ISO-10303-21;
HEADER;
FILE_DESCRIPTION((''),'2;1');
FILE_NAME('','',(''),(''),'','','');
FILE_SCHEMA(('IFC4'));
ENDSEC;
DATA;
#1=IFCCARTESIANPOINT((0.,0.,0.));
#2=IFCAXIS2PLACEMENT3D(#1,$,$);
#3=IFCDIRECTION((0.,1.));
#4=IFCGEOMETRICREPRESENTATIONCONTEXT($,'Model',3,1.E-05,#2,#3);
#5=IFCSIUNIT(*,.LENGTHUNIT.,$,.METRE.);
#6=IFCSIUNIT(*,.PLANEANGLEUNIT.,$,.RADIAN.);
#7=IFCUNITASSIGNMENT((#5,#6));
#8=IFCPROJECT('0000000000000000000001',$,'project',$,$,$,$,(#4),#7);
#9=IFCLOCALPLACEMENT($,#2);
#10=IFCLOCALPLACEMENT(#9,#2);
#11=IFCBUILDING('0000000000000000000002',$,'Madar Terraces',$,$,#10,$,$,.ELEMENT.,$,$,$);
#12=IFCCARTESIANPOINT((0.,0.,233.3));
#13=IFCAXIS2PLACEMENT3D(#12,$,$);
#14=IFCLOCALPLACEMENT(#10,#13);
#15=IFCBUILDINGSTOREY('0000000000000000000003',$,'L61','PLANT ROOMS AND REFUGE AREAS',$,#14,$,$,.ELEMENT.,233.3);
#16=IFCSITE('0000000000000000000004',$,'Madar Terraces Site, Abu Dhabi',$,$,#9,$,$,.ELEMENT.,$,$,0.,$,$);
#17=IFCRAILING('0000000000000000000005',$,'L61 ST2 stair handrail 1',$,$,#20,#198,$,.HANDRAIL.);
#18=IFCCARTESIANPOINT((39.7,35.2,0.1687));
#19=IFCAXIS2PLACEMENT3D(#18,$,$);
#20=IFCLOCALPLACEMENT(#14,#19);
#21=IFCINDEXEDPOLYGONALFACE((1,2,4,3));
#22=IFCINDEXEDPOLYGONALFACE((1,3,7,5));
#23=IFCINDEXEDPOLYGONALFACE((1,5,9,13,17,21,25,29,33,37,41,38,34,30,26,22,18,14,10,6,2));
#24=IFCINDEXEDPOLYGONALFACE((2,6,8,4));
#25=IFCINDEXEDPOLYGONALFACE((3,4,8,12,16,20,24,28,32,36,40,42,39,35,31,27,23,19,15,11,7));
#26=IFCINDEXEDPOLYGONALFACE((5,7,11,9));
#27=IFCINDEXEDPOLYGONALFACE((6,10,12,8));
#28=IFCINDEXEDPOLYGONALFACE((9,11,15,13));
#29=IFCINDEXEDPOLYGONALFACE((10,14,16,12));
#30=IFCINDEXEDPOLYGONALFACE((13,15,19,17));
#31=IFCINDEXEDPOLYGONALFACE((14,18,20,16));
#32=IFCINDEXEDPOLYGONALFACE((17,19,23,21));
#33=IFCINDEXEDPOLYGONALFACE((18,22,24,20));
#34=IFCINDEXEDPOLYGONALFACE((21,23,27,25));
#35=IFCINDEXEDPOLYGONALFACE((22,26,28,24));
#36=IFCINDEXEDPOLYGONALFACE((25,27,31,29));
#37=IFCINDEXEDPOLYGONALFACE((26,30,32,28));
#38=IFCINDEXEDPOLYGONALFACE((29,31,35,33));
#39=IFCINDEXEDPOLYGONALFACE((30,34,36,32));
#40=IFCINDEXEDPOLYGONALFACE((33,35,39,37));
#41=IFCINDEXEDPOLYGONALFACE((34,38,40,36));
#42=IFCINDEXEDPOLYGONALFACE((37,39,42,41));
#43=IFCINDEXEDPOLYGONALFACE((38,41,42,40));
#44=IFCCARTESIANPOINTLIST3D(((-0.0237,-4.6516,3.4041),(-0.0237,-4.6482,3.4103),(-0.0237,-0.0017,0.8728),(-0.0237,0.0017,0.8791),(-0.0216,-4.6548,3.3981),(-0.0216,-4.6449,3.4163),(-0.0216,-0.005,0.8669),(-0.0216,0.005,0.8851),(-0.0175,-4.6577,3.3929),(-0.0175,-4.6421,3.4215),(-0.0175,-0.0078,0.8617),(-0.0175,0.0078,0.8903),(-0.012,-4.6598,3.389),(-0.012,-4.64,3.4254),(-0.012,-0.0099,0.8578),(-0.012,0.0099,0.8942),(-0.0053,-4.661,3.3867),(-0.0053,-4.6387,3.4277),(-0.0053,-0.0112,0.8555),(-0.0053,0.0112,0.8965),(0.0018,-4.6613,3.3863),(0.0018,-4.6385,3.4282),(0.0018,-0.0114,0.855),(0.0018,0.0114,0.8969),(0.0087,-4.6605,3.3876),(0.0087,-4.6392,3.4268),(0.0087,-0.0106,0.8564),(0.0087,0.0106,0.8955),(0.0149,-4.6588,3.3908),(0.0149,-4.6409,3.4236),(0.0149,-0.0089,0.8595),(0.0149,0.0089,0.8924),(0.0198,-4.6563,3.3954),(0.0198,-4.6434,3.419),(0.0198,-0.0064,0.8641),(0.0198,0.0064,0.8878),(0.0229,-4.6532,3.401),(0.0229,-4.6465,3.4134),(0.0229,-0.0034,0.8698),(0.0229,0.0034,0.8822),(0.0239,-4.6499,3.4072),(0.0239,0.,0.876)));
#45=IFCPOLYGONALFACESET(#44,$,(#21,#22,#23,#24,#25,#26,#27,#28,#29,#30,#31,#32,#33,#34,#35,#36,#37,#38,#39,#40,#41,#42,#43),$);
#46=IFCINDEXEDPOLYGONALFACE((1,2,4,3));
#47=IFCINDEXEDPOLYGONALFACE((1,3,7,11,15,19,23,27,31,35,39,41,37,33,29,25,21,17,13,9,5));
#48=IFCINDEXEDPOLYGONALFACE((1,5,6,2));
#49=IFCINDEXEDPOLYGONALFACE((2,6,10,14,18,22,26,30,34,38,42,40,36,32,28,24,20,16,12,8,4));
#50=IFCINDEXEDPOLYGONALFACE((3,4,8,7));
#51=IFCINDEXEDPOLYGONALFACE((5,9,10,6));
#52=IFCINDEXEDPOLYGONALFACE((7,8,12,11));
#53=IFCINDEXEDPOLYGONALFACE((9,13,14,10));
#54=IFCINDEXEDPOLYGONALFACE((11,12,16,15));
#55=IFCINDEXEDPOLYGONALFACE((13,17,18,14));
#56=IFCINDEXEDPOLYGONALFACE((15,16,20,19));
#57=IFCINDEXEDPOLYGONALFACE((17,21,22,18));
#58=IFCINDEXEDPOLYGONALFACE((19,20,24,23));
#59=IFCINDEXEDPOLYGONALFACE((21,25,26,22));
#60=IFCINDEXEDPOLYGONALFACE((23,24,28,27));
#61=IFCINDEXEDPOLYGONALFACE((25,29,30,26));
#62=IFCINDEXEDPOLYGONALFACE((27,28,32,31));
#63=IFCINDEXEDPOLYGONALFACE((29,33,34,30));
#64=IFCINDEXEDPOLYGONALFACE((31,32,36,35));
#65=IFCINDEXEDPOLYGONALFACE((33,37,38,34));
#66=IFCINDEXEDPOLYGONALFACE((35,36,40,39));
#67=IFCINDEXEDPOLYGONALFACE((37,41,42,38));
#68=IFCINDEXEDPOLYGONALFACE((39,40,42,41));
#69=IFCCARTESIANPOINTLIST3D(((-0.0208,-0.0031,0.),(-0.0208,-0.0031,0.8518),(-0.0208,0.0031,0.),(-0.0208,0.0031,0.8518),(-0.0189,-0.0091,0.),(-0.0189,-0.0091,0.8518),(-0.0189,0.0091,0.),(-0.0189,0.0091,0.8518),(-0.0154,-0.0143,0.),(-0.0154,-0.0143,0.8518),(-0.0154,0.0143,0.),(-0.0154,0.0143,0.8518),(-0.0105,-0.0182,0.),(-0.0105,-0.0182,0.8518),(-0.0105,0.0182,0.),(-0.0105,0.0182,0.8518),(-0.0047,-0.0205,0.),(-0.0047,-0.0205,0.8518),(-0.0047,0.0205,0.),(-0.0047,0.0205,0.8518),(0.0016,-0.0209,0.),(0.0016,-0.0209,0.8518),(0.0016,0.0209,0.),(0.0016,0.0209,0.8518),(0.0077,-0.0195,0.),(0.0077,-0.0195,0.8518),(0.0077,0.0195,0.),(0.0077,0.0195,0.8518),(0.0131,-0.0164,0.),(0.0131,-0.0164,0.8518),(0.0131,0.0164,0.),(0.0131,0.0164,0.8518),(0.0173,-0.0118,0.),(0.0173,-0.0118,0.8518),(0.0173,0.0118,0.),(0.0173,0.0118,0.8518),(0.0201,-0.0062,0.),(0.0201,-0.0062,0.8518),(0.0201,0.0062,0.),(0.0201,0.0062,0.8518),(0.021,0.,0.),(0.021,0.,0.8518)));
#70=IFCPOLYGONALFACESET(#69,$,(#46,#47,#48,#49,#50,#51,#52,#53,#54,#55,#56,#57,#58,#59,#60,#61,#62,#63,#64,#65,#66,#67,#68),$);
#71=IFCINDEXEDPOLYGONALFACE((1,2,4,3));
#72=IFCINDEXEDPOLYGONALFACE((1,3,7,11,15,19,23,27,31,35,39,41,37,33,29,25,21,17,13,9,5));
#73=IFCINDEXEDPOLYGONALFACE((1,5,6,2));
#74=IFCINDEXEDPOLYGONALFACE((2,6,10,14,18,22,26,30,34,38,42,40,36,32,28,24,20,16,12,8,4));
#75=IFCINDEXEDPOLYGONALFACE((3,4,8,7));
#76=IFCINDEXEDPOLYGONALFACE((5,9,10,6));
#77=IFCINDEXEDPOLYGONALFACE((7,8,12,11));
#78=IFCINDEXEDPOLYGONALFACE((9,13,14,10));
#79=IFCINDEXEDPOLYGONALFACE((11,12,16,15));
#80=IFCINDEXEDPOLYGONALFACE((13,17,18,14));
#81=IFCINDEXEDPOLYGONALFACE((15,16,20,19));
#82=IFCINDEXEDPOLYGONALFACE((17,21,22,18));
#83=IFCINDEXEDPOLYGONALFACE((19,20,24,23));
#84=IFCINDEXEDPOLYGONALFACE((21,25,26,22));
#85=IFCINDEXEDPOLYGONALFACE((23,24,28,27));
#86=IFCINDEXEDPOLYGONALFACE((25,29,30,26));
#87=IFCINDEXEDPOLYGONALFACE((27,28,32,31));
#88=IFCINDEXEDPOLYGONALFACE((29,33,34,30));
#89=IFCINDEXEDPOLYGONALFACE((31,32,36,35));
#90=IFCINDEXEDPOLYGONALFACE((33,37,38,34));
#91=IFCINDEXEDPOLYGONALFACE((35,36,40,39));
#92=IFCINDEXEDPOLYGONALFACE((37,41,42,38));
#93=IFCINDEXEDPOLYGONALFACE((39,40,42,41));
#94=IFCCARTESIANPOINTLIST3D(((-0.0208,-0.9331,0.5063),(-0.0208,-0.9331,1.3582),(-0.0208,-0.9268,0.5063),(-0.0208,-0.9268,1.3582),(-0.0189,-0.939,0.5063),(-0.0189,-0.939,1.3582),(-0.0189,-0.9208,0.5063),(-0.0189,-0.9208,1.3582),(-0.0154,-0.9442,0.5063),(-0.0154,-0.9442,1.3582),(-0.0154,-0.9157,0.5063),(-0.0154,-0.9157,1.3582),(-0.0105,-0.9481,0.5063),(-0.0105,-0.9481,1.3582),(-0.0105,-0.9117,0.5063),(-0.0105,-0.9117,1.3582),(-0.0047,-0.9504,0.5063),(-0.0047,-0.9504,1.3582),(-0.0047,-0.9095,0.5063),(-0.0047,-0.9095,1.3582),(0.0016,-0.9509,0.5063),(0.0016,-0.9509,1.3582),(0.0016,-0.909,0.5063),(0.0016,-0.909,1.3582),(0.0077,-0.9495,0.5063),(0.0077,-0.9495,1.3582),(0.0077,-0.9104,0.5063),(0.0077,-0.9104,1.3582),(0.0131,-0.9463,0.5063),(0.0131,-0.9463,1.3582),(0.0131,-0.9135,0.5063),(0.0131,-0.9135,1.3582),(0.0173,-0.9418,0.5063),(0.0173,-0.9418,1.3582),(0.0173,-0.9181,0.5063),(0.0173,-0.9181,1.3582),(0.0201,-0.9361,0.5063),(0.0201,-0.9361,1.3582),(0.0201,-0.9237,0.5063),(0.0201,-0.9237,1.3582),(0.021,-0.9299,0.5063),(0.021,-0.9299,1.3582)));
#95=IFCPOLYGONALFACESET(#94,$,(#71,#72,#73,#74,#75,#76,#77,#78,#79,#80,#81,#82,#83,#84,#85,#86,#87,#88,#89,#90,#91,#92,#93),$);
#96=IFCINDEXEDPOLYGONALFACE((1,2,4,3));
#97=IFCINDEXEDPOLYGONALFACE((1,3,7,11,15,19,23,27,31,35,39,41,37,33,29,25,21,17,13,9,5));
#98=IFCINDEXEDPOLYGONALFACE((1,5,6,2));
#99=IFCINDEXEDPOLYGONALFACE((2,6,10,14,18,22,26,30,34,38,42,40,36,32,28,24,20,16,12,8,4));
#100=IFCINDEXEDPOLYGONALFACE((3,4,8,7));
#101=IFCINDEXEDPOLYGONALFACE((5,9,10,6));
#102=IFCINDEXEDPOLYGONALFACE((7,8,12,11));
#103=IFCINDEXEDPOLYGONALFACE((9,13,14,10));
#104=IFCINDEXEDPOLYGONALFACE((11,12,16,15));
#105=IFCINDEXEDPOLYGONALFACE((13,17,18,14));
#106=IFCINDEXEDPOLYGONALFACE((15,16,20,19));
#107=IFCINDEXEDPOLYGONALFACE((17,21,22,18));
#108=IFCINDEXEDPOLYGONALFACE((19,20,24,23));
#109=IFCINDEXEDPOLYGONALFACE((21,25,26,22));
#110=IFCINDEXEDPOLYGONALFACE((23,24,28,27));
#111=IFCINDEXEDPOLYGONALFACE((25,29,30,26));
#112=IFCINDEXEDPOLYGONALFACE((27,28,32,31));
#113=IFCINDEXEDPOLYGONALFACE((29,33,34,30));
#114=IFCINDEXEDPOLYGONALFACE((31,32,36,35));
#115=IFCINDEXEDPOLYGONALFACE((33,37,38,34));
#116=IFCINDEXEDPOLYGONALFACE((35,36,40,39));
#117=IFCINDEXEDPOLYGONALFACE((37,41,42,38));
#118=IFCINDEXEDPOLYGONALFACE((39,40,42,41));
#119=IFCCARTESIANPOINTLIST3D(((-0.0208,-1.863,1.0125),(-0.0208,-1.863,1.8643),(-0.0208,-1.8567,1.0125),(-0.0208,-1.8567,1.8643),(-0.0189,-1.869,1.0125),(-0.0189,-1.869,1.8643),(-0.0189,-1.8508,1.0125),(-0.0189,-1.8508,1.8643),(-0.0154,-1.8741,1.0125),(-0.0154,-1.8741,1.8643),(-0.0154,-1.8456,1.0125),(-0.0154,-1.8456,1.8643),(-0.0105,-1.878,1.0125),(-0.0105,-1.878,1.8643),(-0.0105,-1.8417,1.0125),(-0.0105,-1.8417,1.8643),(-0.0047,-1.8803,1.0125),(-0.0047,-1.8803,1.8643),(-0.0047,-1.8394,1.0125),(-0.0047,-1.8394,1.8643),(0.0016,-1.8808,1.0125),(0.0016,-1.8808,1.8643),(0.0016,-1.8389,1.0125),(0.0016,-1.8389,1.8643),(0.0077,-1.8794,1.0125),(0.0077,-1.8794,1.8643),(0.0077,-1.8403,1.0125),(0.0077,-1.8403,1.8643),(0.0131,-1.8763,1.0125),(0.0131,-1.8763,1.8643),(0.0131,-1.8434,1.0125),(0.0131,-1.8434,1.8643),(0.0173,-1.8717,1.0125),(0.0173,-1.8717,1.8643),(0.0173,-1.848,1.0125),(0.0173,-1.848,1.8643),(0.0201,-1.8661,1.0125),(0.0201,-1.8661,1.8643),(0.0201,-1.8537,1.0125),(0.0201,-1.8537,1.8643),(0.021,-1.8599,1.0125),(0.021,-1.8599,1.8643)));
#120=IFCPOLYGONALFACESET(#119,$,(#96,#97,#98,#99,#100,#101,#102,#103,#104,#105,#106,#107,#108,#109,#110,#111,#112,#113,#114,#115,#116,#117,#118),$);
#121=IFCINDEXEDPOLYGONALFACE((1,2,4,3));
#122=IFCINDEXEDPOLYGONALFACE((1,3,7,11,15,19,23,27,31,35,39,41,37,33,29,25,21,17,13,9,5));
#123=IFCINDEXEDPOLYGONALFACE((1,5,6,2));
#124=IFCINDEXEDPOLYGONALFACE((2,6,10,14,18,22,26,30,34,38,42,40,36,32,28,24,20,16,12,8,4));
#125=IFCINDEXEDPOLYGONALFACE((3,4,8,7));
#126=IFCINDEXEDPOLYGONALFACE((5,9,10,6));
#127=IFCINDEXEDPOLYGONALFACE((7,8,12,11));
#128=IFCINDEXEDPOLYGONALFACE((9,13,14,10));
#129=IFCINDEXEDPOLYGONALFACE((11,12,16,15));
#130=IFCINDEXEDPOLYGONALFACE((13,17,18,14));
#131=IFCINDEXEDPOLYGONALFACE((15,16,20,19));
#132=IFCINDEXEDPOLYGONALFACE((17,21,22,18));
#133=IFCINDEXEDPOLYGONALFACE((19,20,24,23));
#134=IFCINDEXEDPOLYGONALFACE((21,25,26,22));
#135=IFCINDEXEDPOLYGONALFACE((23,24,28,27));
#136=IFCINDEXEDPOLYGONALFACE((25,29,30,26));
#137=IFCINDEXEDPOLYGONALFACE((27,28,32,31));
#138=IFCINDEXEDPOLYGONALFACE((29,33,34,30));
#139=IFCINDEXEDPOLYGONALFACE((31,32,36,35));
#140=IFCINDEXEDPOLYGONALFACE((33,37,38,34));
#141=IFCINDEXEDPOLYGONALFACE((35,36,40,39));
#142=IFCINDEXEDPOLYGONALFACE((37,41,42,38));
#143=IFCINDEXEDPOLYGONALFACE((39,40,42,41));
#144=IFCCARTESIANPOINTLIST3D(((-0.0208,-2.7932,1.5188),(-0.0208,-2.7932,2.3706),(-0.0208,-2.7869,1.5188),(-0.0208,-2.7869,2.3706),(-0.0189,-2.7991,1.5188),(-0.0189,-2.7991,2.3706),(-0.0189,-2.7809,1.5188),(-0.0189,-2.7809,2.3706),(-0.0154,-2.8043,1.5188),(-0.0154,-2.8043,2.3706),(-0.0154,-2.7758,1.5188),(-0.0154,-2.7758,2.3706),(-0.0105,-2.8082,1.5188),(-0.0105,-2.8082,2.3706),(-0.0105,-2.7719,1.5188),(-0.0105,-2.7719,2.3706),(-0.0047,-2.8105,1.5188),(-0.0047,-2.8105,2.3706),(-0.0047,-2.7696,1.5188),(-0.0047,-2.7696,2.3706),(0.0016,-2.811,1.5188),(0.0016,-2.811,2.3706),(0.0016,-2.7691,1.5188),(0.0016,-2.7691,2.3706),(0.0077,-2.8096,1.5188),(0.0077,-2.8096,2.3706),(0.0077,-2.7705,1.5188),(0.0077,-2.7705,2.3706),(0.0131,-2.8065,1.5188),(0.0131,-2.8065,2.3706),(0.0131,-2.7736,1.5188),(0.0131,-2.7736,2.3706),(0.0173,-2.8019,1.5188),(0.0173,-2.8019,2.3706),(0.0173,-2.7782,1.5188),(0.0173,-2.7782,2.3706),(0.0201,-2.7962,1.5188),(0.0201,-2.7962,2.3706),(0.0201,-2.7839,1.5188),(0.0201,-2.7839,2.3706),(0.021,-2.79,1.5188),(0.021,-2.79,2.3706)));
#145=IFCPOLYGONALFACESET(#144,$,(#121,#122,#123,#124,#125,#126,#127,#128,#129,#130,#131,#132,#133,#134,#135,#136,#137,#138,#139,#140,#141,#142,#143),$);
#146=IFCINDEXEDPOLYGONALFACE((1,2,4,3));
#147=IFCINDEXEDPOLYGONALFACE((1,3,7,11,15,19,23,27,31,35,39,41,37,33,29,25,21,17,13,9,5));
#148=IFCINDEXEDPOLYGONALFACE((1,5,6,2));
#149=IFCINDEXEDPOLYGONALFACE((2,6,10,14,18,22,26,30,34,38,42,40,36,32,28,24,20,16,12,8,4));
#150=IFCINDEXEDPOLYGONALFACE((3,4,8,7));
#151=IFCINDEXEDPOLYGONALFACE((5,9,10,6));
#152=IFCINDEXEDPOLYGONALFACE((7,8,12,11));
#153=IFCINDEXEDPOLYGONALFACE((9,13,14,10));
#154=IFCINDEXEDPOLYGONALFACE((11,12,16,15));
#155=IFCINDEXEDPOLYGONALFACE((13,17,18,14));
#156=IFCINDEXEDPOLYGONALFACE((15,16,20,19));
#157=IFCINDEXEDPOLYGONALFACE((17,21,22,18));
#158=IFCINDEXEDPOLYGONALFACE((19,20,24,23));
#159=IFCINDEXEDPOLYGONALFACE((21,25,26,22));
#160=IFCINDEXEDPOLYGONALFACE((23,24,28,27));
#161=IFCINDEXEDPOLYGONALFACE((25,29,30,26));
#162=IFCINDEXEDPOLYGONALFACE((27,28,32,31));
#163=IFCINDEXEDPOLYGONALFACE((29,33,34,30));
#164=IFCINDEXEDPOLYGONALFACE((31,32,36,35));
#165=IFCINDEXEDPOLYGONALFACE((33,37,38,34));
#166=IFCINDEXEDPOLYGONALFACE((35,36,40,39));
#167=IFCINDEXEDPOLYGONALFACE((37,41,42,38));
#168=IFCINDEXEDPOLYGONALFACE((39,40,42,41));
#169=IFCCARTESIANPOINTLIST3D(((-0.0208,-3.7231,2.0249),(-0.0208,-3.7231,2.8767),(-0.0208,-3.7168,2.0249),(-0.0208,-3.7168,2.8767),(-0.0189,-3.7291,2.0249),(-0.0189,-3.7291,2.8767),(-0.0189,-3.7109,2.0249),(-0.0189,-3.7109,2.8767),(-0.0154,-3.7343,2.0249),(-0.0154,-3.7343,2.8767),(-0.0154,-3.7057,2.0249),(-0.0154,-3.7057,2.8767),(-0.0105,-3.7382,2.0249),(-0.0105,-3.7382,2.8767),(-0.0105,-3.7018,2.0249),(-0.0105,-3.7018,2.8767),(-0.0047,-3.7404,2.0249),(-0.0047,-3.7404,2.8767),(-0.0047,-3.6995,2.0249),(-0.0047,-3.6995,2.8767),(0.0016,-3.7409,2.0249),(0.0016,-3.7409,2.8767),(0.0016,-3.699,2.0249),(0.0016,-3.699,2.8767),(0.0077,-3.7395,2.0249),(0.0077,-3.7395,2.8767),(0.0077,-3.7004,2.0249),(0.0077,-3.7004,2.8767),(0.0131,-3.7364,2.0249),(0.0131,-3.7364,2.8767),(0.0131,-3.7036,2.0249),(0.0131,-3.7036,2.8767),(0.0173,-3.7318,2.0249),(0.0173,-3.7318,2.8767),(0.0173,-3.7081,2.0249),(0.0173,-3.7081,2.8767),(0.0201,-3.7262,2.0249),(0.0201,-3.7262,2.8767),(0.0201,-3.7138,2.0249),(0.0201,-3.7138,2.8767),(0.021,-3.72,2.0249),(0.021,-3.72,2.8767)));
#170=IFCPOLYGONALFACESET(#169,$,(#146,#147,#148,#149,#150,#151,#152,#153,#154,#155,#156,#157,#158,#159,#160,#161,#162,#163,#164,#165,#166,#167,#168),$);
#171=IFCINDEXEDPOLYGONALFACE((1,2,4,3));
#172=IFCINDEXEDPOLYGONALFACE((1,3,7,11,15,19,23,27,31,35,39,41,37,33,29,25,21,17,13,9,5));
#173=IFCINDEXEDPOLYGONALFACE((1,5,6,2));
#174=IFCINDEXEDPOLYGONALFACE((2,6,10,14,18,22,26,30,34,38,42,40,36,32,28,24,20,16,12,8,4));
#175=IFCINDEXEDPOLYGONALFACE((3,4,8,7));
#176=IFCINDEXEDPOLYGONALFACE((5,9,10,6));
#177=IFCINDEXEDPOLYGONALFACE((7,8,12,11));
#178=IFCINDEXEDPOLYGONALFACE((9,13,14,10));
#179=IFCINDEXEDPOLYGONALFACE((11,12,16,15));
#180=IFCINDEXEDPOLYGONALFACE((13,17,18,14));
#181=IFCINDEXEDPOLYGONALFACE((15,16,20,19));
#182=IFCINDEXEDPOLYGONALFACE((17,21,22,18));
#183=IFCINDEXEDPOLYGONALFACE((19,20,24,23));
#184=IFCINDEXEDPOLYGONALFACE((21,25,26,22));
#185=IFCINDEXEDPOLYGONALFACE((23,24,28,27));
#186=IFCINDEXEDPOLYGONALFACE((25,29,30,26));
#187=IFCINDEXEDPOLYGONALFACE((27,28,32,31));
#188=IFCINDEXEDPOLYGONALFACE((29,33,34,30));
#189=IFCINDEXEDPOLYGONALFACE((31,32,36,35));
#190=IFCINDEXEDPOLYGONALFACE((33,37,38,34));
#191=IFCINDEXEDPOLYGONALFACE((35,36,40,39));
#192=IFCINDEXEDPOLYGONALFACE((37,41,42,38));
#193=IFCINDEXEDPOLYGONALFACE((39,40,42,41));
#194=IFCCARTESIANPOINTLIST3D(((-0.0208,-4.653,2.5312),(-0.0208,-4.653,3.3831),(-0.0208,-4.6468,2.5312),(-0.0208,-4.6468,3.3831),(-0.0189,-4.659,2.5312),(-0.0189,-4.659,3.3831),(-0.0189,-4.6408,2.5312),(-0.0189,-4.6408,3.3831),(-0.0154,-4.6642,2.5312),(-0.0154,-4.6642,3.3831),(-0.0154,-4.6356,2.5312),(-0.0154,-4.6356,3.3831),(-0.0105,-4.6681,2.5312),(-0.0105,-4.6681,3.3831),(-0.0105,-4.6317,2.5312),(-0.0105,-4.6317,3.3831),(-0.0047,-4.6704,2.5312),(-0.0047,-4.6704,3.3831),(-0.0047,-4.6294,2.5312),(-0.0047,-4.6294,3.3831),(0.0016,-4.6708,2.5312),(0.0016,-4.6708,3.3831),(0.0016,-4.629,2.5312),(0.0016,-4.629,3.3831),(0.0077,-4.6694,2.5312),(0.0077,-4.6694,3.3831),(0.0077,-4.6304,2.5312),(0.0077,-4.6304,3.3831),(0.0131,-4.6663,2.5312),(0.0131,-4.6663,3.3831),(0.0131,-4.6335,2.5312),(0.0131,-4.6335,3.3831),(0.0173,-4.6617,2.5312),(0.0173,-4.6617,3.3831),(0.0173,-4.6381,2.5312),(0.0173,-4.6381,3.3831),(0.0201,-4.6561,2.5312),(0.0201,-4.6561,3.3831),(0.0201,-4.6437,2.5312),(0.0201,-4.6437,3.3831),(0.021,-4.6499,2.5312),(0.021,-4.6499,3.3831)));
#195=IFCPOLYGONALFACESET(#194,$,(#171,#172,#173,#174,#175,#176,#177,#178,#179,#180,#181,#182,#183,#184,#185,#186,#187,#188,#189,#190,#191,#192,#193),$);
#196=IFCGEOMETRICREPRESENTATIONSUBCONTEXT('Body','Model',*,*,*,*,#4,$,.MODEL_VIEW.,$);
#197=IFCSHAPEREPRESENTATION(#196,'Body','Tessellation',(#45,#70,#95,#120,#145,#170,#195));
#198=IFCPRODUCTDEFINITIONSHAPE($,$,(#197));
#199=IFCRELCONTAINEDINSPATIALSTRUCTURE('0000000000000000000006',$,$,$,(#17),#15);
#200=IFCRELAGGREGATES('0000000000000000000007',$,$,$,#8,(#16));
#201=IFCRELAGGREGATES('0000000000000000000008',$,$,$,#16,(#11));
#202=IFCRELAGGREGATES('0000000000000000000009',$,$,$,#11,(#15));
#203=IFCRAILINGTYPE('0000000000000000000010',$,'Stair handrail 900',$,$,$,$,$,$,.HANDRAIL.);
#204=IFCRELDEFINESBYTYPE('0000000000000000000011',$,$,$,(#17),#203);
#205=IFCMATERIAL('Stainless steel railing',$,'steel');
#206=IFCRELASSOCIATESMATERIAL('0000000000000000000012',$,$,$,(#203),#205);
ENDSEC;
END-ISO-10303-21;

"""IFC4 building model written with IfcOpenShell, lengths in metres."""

from ifc_helpers import new_model, si_unit, direction, frame, origin, origin_2d, place, context, subcontext, project, spatial, circle, extrude, material, type_object, element, save


model = new_model("IFC4")

# Units and contexts
model_context = context("Model", 3, precision=1e-05, world=origin(), true_north=direction((0.0, 1.0)))
body_context = subcontext(model_context, "Body", "Model", "MODEL_VIEW")
ifc_project = project(units=[si_unit("LENGTHUNIT", "METRE"), si_unit("PLANEANGLEUNIT", "RADIAN")], contexts=[model_context])

# Site, building, storey
site_placement = place(None, origin())
site = spatial("IfcSite", under=ifc_project, at=site_placement, Name="Madar Terraces Site, Abu Dhabi", CompositionType="ELEMENT", RefElevation=0.0)
building_placement = place(site_placement, origin())
building = spatial("IfcBuilding", under=site, at=building_placement, Name="Madar Terraces", CompositionType="ELEMENT")
storey_placement = place(building_placement, frame((0.0, 0.0, 233.3)))
storey = spatial("IfcBuildingStorey", under=building, at=storey_placement, Name="L61", Description="PLANT ROOMS AND REFUGE AREAS", CompositionType="ELEMENT", Elevation=233.3)

# Railing
ifc_material_1 = material(Name="Stainless steel railing", Category="steel")
railing_type_1 = type_object("IfcRailingType", Name="Stair handrail 900", PredefinedType="HANDRAIL", material=ifc_material_1)
railing_1_placement = place(storey_placement, frame((39.7, 35.2, 0.1687)))
element("IfcRailing", 1, at=railing_1_placement, inside=storey, type_object=railing_type_1, Name="L61 ST2 stair handrail 1", PredefinedType="HANDRAIL", context=body_context, shape_type="SweptSolid", body=[
    extrude(circle(Radius=0.0239, at=origin_2d()), frame((0.0, 0.0, 0.876), z_axis=(0.0, -0.878297, 0.478115), x_axis=(1.0, 0.0, 0.0)), (0.0, 0.0, 1.0), 5.2942),
    extrude(circle(Radius=0.021, at=origin_2d()), origin(), (0.0, 0.0, 1.0), 0.8518),
    extrude(circle(Radius=0.021, at=origin_2d()), frame((0.0, -0.9299, 0.5063)), (0.0, 0.0, 1.0), 0.8518),
    extrude(circle(Radius=0.021, at=origin_2d()), frame((0.0, -1.8599, 1.0125)), (0.0, 0.0, 1.0), 0.8518),
    extrude(circle(Radius=0.021, at=origin_2d()), frame((0.0, -2.79, 1.5188)), (0.0, 0.0, 1.0), 0.8518),
    extrude(circle(Radius=0.021, at=origin_2d()), frame((0.0, -3.72, 2.0249)), (0.0, 0.0, 1.0), 0.8518),
    extrude(circle(Radius=0.021, at=origin_2d()), frame((0.0, -4.6499, 2.5312)), (0.0, 0.0, 1.0), 0.8518),
])

save(model, "model.ifc")
